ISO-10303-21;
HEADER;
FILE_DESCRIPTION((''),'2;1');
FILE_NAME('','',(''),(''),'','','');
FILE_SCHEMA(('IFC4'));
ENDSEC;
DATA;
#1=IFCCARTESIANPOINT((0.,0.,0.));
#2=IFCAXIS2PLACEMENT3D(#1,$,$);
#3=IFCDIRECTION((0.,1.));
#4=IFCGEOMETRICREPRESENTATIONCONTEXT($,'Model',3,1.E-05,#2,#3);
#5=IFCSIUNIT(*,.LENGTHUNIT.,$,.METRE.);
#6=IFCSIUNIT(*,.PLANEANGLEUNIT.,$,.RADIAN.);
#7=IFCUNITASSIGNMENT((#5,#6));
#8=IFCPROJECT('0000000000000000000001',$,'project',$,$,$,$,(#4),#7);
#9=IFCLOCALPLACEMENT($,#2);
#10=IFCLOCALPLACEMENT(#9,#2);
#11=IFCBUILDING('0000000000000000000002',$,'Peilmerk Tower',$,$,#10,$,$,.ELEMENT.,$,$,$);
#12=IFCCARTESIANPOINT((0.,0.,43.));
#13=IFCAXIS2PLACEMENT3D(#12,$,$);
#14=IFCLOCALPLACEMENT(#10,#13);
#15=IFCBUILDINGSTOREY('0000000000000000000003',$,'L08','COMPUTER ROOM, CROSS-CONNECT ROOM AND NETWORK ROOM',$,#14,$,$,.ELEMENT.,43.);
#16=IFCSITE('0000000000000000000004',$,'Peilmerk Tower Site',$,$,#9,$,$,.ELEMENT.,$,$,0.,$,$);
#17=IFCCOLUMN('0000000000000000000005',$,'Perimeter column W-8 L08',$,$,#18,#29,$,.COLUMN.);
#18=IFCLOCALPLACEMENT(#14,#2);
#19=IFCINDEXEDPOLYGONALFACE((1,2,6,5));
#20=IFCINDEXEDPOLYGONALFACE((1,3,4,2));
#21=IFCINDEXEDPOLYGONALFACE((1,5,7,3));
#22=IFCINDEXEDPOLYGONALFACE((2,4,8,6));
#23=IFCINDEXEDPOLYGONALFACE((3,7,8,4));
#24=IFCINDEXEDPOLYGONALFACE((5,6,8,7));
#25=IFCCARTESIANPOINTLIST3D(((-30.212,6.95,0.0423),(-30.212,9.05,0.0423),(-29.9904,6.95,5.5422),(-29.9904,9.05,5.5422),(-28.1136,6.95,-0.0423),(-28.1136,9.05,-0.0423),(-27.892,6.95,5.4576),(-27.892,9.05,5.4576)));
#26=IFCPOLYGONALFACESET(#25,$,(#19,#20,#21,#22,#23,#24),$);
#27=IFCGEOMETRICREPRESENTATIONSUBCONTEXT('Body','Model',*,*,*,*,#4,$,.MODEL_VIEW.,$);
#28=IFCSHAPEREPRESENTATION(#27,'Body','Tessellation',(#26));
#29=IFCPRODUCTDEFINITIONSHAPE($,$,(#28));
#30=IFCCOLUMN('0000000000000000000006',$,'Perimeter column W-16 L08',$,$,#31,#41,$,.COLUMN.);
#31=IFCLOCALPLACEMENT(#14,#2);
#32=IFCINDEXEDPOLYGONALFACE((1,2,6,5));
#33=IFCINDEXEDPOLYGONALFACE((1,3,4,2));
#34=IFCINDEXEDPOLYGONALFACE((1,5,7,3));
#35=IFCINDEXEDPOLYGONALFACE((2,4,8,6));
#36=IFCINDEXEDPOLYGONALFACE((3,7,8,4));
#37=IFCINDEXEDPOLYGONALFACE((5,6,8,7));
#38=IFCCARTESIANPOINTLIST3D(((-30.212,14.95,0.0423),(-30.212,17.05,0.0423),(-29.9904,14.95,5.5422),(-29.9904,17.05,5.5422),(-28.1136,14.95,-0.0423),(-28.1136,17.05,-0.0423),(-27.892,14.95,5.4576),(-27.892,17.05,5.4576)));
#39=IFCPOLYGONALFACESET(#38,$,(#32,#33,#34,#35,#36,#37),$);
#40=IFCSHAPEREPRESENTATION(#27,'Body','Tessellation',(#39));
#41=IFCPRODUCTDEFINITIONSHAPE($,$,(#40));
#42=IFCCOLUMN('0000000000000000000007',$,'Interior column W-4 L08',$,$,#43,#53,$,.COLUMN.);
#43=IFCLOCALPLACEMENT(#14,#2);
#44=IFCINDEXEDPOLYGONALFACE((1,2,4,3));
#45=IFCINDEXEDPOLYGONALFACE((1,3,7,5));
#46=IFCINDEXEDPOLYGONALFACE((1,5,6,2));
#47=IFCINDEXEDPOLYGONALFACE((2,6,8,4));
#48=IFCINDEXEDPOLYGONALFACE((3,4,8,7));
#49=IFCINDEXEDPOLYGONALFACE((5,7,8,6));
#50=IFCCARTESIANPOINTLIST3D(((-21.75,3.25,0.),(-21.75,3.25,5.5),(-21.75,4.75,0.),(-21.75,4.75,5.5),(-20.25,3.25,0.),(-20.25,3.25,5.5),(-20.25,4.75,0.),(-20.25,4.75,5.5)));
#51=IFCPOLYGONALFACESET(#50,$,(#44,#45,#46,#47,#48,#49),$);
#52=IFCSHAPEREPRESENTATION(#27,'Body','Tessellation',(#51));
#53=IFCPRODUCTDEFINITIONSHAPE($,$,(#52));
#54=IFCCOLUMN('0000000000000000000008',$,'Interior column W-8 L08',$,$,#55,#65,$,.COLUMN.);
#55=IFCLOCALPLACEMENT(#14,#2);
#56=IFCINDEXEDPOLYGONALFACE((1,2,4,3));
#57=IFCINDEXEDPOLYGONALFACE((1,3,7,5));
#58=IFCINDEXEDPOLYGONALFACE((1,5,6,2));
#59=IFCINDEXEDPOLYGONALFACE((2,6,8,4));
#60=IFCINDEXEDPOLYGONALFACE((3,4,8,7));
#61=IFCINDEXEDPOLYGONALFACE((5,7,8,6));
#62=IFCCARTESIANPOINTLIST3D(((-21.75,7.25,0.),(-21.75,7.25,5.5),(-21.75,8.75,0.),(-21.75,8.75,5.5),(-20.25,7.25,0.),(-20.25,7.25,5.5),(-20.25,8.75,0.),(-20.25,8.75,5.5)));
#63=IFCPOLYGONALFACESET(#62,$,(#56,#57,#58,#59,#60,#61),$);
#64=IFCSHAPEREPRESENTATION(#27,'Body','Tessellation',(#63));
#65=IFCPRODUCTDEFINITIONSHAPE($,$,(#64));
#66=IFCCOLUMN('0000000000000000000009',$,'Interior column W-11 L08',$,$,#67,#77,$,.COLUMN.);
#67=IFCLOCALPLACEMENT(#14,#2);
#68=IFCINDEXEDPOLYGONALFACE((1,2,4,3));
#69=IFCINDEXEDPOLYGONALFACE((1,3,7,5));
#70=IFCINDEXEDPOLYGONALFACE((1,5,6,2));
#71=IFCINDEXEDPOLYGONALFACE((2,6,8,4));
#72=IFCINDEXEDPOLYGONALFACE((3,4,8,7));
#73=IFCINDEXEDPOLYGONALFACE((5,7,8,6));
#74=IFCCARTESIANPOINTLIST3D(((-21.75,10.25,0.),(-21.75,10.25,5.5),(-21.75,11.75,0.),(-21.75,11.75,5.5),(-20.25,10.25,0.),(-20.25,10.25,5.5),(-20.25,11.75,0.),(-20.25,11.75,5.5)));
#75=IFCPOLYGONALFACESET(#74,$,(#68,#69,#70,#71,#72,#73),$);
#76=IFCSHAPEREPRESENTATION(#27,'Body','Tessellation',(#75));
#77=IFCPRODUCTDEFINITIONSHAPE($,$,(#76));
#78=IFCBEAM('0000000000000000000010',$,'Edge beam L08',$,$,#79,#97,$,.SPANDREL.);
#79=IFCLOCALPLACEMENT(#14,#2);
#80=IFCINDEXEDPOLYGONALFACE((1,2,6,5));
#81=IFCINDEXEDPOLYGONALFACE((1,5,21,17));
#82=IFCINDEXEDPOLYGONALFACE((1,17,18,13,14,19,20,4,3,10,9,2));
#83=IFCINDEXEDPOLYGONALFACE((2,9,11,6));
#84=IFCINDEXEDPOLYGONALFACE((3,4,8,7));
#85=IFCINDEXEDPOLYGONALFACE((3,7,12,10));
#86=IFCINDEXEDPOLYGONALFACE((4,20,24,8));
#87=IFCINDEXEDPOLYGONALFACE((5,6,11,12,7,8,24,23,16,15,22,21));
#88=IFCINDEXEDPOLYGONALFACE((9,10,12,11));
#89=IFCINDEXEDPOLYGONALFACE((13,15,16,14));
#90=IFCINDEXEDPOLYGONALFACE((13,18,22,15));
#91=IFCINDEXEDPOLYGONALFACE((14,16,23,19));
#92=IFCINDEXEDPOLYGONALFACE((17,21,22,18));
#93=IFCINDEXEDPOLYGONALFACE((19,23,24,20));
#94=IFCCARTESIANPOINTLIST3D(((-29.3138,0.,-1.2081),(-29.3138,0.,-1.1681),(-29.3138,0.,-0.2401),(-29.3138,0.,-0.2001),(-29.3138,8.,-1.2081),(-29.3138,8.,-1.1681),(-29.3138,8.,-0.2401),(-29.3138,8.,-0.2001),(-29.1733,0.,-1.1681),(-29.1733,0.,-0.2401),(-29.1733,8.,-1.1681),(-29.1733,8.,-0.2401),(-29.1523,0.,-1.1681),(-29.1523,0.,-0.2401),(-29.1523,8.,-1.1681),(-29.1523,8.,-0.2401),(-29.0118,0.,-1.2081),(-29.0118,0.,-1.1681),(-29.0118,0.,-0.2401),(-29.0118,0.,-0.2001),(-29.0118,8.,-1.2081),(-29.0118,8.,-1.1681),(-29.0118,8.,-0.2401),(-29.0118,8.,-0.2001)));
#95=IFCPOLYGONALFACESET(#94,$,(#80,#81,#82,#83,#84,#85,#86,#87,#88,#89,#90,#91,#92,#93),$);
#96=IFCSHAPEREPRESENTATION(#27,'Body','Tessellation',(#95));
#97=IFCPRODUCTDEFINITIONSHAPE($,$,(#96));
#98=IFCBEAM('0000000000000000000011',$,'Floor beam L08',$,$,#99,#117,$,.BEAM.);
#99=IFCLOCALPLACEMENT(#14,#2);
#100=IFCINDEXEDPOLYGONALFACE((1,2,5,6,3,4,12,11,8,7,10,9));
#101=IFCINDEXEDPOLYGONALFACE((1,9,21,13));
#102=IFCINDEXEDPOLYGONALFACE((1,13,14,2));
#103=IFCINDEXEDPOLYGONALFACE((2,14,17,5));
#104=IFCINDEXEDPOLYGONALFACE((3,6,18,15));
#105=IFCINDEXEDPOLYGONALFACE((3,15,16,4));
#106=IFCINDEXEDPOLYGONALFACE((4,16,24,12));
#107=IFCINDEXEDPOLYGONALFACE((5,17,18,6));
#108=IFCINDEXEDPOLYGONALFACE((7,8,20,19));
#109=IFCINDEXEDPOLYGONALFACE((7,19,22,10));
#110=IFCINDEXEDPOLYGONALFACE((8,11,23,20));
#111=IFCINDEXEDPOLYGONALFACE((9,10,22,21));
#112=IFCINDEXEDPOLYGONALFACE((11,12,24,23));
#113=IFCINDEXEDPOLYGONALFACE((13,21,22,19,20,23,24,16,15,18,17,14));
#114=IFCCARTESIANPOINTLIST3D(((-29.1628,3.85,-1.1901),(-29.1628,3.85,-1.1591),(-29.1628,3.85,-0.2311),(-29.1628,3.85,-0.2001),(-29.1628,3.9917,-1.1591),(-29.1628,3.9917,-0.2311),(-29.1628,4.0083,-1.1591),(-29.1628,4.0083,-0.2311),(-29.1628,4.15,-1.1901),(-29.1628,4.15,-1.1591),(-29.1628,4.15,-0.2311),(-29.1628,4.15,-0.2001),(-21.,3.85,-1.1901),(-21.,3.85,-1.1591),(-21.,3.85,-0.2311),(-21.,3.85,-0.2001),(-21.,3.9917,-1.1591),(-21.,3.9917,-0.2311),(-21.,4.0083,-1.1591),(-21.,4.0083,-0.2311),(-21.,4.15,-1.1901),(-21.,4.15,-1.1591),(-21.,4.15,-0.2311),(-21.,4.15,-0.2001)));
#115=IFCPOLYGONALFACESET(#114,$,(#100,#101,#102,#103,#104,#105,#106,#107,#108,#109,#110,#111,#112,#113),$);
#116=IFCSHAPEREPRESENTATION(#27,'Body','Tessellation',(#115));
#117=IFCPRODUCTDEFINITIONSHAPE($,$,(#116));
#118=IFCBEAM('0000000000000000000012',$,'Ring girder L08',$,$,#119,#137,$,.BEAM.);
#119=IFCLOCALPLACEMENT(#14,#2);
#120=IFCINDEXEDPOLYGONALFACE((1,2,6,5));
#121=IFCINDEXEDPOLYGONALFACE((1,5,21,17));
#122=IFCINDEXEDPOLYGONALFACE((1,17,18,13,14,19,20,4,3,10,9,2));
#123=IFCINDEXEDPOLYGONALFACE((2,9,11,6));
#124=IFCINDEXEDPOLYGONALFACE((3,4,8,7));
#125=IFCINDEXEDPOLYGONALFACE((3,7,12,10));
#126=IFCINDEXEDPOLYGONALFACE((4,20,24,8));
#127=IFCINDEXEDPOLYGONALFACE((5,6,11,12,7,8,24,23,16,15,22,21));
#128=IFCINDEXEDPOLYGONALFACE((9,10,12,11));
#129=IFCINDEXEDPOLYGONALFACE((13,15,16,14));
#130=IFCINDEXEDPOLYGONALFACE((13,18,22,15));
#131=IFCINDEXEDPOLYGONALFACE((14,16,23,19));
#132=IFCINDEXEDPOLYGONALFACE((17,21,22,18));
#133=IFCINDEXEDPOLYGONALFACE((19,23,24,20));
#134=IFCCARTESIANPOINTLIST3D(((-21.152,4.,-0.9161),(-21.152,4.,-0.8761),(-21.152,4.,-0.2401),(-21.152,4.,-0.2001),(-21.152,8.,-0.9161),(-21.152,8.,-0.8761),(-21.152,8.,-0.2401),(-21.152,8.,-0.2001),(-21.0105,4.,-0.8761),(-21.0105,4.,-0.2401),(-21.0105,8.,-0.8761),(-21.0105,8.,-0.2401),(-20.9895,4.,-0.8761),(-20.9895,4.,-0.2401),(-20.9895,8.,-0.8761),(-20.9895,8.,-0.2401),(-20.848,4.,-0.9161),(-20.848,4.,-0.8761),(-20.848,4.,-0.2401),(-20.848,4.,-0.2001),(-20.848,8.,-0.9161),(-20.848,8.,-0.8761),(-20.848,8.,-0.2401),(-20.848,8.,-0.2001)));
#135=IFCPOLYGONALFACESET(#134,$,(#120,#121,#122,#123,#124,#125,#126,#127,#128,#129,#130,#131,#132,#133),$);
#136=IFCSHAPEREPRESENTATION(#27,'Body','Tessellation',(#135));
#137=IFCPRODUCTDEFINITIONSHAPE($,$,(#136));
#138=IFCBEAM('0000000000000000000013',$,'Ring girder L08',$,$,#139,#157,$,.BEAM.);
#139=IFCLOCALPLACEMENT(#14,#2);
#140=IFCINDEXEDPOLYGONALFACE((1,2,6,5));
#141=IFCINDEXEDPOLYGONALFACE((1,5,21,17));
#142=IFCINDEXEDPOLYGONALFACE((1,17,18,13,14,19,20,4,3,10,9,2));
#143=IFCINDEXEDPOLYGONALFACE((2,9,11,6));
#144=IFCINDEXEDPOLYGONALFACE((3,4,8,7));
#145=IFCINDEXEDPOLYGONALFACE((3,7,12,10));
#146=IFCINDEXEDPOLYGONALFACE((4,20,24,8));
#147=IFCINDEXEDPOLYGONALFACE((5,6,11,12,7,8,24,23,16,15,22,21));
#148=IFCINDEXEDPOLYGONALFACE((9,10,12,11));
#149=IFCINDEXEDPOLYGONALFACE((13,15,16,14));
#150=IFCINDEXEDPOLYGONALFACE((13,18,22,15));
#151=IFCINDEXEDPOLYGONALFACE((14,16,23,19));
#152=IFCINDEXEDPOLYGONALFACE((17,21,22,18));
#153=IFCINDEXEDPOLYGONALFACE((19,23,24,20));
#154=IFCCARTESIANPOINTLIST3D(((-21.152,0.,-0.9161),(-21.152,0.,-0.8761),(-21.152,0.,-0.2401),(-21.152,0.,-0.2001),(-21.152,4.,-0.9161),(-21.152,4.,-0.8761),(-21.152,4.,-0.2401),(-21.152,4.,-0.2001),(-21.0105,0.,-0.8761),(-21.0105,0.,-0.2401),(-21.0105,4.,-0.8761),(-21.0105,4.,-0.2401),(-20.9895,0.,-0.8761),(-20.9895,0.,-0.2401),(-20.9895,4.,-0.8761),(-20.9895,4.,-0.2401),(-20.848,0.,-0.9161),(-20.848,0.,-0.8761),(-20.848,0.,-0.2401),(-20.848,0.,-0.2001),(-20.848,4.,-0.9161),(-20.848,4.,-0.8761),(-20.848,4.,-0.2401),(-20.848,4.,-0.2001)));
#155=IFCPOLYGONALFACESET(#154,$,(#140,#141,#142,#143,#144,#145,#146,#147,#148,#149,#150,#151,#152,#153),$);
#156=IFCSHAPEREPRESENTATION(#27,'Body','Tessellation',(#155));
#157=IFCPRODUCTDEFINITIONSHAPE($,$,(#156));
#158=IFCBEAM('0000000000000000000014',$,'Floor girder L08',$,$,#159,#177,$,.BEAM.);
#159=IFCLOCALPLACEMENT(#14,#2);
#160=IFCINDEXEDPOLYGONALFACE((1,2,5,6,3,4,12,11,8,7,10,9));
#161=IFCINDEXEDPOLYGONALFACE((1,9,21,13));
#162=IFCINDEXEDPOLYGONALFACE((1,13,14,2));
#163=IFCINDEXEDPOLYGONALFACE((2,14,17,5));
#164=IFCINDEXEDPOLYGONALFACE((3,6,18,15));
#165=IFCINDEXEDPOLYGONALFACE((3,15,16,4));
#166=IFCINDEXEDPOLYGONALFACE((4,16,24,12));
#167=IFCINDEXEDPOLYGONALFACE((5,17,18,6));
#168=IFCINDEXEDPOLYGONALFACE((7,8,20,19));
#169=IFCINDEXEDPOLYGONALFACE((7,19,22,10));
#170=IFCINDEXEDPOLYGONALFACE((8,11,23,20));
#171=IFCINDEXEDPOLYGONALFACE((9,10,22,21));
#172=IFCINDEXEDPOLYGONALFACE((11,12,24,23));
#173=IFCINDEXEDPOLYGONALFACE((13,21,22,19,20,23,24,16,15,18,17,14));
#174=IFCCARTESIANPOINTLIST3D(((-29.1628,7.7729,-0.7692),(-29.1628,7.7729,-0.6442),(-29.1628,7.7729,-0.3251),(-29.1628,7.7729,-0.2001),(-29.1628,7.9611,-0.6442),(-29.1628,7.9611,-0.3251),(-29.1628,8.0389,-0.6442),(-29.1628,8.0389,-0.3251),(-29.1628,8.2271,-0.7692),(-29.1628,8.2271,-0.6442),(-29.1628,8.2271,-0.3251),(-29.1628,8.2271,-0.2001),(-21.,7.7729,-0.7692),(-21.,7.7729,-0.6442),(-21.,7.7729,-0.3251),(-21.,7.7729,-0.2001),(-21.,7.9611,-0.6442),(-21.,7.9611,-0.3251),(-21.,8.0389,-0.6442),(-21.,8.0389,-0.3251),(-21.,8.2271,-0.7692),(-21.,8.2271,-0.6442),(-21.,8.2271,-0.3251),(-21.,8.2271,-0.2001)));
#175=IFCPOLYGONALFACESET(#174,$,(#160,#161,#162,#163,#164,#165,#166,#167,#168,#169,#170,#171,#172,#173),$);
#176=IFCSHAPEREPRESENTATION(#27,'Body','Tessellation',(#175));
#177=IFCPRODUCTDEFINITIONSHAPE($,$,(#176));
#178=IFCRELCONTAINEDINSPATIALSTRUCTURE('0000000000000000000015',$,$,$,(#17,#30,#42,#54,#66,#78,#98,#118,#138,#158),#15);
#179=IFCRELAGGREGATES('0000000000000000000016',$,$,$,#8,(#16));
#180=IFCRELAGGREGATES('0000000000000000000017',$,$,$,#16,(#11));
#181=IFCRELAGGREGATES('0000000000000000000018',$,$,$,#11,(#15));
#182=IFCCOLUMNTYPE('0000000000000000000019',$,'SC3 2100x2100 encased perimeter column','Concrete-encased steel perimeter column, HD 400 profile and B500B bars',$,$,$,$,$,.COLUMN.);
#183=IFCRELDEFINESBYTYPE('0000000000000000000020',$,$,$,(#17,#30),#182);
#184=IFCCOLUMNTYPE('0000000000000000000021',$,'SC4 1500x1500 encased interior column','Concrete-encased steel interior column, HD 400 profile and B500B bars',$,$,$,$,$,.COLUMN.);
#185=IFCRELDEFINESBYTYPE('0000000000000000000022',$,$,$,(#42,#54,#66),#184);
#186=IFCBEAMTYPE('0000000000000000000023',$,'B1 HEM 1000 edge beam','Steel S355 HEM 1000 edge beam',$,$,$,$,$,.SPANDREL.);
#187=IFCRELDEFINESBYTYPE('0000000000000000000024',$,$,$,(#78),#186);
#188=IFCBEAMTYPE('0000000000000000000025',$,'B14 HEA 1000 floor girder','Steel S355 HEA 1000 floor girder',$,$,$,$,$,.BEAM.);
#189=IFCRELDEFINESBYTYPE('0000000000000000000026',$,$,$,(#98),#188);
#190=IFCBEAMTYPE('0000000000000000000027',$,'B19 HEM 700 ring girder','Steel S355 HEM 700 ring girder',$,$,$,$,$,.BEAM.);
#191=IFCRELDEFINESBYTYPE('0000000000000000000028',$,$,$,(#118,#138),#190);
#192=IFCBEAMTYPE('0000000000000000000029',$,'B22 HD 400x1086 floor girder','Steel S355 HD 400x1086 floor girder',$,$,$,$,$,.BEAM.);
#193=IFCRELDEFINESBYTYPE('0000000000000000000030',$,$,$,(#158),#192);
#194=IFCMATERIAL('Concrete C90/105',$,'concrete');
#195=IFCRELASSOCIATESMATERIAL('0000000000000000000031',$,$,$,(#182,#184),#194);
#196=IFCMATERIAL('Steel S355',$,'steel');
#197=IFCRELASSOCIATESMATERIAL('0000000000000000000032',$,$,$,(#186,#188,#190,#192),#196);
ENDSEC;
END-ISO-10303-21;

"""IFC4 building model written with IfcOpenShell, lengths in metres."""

from ifc_helpers import new_model, si_unit, direction, frame, origin, origin_2d, place, context, subcontext, project, spatial, rectangle, i_section, extrude, material, material_profile, profile_set, type_object, element, save


model = new_model("IFC4")

# Units and contexts
model_context = context("Model", 3, precision=1e-05, world=origin(), true_north=direction((0.0, 1.0)))
body_context = subcontext(model_context, "Body", "Model", "MODEL_VIEW")
ifc_project = project(units=[si_unit("LENGTHUNIT", "METRE"), si_unit("PLANEANGLEUNIT", "RADIAN")], contexts=[model_context])

# Site, building, storey
site_placement = place(None, origin())
site = spatial("IfcSite", under=ifc_project, at=site_placement, Name="Peilmerk Tower Site", CompositionType="ELEMENT", RefElevation=0.0)
building_placement = place(site_placement, origin())
building = spatial("IfcBuilding", under=site, at=building_placement, Name="Peilmerk Tower", CompositionType="ELEMENT")
storey_placement = place(building_placement, frame((0.0, 0.0, 43.0)))
storey = spatial("IfcBuildingStorey", under=building, at=storey_placement, Name="L08", Description="COMPUTER ROOM, CROSS-CONNECT ROOM AND NETWORK ROOM", CompositionType="ELEMENT", Elevation=43.0)

# Columns
ifc_material_1 = material(Name="Concrete C90/105", Category="concrete")
ifc_material_profile_1 = material_profile(ifc_material_1, rectangle(XDim=2.1001, YDim=2.1001, at=origin_2d()), Name="RC 2100x2100")
ifc_profile_set_1 = profile_set([ifc_material_profile_1], Name="Concrete C90/105")
column_type_1 = type_object("IfcColumnType", Name="SC3 2100x2100 encased perimeter column", Description="Concrete-encased steel perimeter column, HD 400 profile and B500B bars", PredefinedType="COLUMN", material=ifc_profile_set_1)
for number, where, z_axis, x_axis, name in (
    (1, (-29.1628, 8.0, 0.0), (0.040273, 0.0, 0.999189), (0.0, 1.0, 0.0), "Perimeter column W-8 L08"),
    (2, (-29.1628, 16.0, 0.0), (0.040273, 0.0, 0.999189), (0.0, 1.0, 0.0), "Perimeter column W-16 L08"),
):
    element("IfcColumn", number, at=place(storey_placement, frame(where, z_axis=z_axis, x_axis=x_axis)), inside=storey, type_object=column_type_1, Name=name, PredefinedType="COLUMN", context=body_context, shape_type="SweptSolid", body=[
        extrude(rectangle(XDim=2.1001, YDim=2.1001, at=origin_2d()), origin(), (0.0, 0.0, 1.0), 5.5044),
    ])
ifc_material_profile_2 = material_profile(ifc_material_1, rectangle(XDim=1.5, YDim=1.5, at=origin_2d()), Name="RC 1500x1500")
ifc_profile_set_2 = profile_set([ifc_material_profile_2], Name="Concrete C90/105")
column_type_2 = type_object("IfcColumnType", Name="SC4 1500x1500 encased interior column", Description="Concrete-encased steel interior column, HD 400 profile and B500B bars", PredefinedType="COLUMN", material=ifc_profile_set_2)
for number, where, z_axis, x_axis, name in (
    (3, (-21.0, 4.0, 0.0), (0.0, 0.0, 1.0), (1.0, 0.0, 0.0), "Interior column W-4 L08"),
    (4, (-21.0, 8.0, 0.0), (0.0, 0.0, 1.0), (1.0, 0.0, 0.0), "Interior column W-8 L08"),
    (5, (-21.0, 11.0, 0.0), (0.0, 0.0, 1.0), (1.0, 0.0, 0.0), "Interior column W-11 L08"),
):
    element("IfcColumn", number, at=place(storey_placement, frame(where, z_axis=z_axis, x_axis=x_axis)), inside=storey, type_object=column_type_2, Name=name, PredefinedType="COLUMN", context=body_context, shape_type="SweptSolid", body=[
        extrude(rectangle(XDim=1.5, YDim=1.5, at=origin_2d()), origin(), (0.0, 0.0, 1.0), 5.5),
    ])

# Beams
ifc_material_2 = material(Name="Steel S355", Category="steel")
ifc_material_profile_3 = material_profile(ifc_material_2, i_section(OverallWidth=0.302, OverallDepth=1.0081, WebThickness=0.021, FlangeThickness=0.04, at=origin_2d()), Name="HEM 1000")
ifc_profile_set_3 = profile_set([ifc_material_profile_3], Name="Steel S355")
beam_type_1 = type_object("IfcBeamType", Name="B1 HEM 1000 edge beam", Description="Steel S355 HEM 1000 edge beam", PredefinedType="SPANDREL", material=ifc_profile_set_3)
beam_1_placement = place(storey_placement, frame((-29.1628, 8.0, -0.7041), z_axis=(0.0, -1.0, 0.0), x_axis=(1.0, 0.0, 0.0)))
element("IfcBeam", 6, at=beam_1_placement, inside=storey, type_object=beam_type_1, Name="Edge beam L08", PredefinedType="SPANDREL", context=body_context, shape_type="SweptSolid", body=[
    extrude(i_section(OverallWidth=0.302, OverallDepth=1.0081, WebThickness=0.021, FlangeThickness=0.04, at=origin_2d()), origin(), (0.0, 0.0, 1.0), 8.0),
])
ifc_material_profile_4 = material_profile(ifc_material_2, i_section(OverallWidth=0.3, OverallDepth=0.99, WebThickness=0.0166, FlangeThickness=0.031, at=origin_2d()), Name="HEA 1000")
ifc_profile_set_4 = profile_set([ifc_material_profile_4], Name="Steel S355")
beam_type_2 = type_object("IfcBeamType", Name="B14 HEA 1000 floor girder", Description="Steel S355 HEA 1000 floor girder", PredefinedType="BEAM", material=ifc_profile_set_4)
beam_2_placement = place(storey_placement, frame((-21.0, 4.0, -0.6951), z_axis=(-1.0, 0.0, 0.0), x_axis=(0.0, -1.0, 0.0)))
element("IfcBeam", 7, at=beam_2_placement, inside=storey, type_object=beam_type_2, Name="Floor beam L08", PredefinedType="BEAM", context=body_context, shape_type="SweptSolid", body=[
    extrude(i_section(OverallWidth=0.3, OverallDepth=0.99, WebThickness=0.0166, FlangeThickness=0.031, at=origin_2d()), origin(), (0.0, 0.0, 1.0), 8.1628),
])
ifc_material_profile_5 = material_profile(ifc_material_2, i_section(OverallWidth=0.304, OverallDepth=0.7161, WebThickness=0.021, FlangeThickness=0.04, at=origin_2d()), Name="HEM 700")
ifc_profile_set_5 = profile_set([ifc_material_profile_5], Name="Steel S355")
beam_type_3 = type_object("IfcBeamType", Name="B19 HEM 700 ring girder", Description="Steel S355 HEM 700 ring girder", PredefinedType="BEAM", material=ifc_profile_set_5)
for number, where, z_axis, x_axis, name in (
    (8, (-21.0, 8.0, -0.5581), (0.0, -1.0, 0.0), (1.0, 0.0, 0.0), "Ring girder L08"),
    (9, (-21.0, 4.0, -0.5581), (0.0, -1.0, 0.0), (1.0, 0.0, 0.0), "Ring girder L08"),
):
    element("IfcBeam", number, at=place(storey_placement, frame(where, z_axis=z_axis, x_axis=x_axis)), inside=storey, type_object=beam_type_3, Name=name, PredefinedType="BEAM", context=body_context, shape_type="SweptSolid", body=[
        extrude(i_section(OverallWidth=0.304, OverallDepth=0.7161, WebThickness=0.021, FlangeThickness=0.04, at=origin_2d()), origin(), (0.0, 0.0, 1.0), 4.0),
    ])
ifc_material_profile_6 = material_profile(ifc_material_2, i_section(OverallWidth=0.4541, OverallDepth=0.5691, WebThickness=0.0779, FlangeThickness=0.125, at=origin_2d()), Name="HD 400x1086")
ifc_profile_set_6 = profile_set([ifc_material_profile_6], Name="Steel S355")
beam_type_4 = type_object("IfcBeamType", Name="B22 HD 400x1086 floor girder", Description="Steel S355 HD 400x1086 floor girder", PredefinedType="BEAM", material=ifc_profile_set_6)
beam_3_placement = place(storey_placement, frame((-21.0, 8.0, -0.4846), z_axis=(-1.0, 0.0, 0.0), x_axis=(0.0, -1.0, 0.0)))
element("IfcBeam", 10, at=beam_3_placement, inside=storey, type_object=beam_type_4, Name="Floor girder L08", PredefinedType="BEAM", context=body_context, shape_type="SweptSolid", body=[
    extrude(i_section(OverallWidth=0.4541, OverallDepth=0.5691, WebThickness=0.0779, FlangeThickness=0.125, at=origin_2d()), origin(), (0.0, 0.0, 1.0), 8.1628),
])

save(model, "model.ifc")
